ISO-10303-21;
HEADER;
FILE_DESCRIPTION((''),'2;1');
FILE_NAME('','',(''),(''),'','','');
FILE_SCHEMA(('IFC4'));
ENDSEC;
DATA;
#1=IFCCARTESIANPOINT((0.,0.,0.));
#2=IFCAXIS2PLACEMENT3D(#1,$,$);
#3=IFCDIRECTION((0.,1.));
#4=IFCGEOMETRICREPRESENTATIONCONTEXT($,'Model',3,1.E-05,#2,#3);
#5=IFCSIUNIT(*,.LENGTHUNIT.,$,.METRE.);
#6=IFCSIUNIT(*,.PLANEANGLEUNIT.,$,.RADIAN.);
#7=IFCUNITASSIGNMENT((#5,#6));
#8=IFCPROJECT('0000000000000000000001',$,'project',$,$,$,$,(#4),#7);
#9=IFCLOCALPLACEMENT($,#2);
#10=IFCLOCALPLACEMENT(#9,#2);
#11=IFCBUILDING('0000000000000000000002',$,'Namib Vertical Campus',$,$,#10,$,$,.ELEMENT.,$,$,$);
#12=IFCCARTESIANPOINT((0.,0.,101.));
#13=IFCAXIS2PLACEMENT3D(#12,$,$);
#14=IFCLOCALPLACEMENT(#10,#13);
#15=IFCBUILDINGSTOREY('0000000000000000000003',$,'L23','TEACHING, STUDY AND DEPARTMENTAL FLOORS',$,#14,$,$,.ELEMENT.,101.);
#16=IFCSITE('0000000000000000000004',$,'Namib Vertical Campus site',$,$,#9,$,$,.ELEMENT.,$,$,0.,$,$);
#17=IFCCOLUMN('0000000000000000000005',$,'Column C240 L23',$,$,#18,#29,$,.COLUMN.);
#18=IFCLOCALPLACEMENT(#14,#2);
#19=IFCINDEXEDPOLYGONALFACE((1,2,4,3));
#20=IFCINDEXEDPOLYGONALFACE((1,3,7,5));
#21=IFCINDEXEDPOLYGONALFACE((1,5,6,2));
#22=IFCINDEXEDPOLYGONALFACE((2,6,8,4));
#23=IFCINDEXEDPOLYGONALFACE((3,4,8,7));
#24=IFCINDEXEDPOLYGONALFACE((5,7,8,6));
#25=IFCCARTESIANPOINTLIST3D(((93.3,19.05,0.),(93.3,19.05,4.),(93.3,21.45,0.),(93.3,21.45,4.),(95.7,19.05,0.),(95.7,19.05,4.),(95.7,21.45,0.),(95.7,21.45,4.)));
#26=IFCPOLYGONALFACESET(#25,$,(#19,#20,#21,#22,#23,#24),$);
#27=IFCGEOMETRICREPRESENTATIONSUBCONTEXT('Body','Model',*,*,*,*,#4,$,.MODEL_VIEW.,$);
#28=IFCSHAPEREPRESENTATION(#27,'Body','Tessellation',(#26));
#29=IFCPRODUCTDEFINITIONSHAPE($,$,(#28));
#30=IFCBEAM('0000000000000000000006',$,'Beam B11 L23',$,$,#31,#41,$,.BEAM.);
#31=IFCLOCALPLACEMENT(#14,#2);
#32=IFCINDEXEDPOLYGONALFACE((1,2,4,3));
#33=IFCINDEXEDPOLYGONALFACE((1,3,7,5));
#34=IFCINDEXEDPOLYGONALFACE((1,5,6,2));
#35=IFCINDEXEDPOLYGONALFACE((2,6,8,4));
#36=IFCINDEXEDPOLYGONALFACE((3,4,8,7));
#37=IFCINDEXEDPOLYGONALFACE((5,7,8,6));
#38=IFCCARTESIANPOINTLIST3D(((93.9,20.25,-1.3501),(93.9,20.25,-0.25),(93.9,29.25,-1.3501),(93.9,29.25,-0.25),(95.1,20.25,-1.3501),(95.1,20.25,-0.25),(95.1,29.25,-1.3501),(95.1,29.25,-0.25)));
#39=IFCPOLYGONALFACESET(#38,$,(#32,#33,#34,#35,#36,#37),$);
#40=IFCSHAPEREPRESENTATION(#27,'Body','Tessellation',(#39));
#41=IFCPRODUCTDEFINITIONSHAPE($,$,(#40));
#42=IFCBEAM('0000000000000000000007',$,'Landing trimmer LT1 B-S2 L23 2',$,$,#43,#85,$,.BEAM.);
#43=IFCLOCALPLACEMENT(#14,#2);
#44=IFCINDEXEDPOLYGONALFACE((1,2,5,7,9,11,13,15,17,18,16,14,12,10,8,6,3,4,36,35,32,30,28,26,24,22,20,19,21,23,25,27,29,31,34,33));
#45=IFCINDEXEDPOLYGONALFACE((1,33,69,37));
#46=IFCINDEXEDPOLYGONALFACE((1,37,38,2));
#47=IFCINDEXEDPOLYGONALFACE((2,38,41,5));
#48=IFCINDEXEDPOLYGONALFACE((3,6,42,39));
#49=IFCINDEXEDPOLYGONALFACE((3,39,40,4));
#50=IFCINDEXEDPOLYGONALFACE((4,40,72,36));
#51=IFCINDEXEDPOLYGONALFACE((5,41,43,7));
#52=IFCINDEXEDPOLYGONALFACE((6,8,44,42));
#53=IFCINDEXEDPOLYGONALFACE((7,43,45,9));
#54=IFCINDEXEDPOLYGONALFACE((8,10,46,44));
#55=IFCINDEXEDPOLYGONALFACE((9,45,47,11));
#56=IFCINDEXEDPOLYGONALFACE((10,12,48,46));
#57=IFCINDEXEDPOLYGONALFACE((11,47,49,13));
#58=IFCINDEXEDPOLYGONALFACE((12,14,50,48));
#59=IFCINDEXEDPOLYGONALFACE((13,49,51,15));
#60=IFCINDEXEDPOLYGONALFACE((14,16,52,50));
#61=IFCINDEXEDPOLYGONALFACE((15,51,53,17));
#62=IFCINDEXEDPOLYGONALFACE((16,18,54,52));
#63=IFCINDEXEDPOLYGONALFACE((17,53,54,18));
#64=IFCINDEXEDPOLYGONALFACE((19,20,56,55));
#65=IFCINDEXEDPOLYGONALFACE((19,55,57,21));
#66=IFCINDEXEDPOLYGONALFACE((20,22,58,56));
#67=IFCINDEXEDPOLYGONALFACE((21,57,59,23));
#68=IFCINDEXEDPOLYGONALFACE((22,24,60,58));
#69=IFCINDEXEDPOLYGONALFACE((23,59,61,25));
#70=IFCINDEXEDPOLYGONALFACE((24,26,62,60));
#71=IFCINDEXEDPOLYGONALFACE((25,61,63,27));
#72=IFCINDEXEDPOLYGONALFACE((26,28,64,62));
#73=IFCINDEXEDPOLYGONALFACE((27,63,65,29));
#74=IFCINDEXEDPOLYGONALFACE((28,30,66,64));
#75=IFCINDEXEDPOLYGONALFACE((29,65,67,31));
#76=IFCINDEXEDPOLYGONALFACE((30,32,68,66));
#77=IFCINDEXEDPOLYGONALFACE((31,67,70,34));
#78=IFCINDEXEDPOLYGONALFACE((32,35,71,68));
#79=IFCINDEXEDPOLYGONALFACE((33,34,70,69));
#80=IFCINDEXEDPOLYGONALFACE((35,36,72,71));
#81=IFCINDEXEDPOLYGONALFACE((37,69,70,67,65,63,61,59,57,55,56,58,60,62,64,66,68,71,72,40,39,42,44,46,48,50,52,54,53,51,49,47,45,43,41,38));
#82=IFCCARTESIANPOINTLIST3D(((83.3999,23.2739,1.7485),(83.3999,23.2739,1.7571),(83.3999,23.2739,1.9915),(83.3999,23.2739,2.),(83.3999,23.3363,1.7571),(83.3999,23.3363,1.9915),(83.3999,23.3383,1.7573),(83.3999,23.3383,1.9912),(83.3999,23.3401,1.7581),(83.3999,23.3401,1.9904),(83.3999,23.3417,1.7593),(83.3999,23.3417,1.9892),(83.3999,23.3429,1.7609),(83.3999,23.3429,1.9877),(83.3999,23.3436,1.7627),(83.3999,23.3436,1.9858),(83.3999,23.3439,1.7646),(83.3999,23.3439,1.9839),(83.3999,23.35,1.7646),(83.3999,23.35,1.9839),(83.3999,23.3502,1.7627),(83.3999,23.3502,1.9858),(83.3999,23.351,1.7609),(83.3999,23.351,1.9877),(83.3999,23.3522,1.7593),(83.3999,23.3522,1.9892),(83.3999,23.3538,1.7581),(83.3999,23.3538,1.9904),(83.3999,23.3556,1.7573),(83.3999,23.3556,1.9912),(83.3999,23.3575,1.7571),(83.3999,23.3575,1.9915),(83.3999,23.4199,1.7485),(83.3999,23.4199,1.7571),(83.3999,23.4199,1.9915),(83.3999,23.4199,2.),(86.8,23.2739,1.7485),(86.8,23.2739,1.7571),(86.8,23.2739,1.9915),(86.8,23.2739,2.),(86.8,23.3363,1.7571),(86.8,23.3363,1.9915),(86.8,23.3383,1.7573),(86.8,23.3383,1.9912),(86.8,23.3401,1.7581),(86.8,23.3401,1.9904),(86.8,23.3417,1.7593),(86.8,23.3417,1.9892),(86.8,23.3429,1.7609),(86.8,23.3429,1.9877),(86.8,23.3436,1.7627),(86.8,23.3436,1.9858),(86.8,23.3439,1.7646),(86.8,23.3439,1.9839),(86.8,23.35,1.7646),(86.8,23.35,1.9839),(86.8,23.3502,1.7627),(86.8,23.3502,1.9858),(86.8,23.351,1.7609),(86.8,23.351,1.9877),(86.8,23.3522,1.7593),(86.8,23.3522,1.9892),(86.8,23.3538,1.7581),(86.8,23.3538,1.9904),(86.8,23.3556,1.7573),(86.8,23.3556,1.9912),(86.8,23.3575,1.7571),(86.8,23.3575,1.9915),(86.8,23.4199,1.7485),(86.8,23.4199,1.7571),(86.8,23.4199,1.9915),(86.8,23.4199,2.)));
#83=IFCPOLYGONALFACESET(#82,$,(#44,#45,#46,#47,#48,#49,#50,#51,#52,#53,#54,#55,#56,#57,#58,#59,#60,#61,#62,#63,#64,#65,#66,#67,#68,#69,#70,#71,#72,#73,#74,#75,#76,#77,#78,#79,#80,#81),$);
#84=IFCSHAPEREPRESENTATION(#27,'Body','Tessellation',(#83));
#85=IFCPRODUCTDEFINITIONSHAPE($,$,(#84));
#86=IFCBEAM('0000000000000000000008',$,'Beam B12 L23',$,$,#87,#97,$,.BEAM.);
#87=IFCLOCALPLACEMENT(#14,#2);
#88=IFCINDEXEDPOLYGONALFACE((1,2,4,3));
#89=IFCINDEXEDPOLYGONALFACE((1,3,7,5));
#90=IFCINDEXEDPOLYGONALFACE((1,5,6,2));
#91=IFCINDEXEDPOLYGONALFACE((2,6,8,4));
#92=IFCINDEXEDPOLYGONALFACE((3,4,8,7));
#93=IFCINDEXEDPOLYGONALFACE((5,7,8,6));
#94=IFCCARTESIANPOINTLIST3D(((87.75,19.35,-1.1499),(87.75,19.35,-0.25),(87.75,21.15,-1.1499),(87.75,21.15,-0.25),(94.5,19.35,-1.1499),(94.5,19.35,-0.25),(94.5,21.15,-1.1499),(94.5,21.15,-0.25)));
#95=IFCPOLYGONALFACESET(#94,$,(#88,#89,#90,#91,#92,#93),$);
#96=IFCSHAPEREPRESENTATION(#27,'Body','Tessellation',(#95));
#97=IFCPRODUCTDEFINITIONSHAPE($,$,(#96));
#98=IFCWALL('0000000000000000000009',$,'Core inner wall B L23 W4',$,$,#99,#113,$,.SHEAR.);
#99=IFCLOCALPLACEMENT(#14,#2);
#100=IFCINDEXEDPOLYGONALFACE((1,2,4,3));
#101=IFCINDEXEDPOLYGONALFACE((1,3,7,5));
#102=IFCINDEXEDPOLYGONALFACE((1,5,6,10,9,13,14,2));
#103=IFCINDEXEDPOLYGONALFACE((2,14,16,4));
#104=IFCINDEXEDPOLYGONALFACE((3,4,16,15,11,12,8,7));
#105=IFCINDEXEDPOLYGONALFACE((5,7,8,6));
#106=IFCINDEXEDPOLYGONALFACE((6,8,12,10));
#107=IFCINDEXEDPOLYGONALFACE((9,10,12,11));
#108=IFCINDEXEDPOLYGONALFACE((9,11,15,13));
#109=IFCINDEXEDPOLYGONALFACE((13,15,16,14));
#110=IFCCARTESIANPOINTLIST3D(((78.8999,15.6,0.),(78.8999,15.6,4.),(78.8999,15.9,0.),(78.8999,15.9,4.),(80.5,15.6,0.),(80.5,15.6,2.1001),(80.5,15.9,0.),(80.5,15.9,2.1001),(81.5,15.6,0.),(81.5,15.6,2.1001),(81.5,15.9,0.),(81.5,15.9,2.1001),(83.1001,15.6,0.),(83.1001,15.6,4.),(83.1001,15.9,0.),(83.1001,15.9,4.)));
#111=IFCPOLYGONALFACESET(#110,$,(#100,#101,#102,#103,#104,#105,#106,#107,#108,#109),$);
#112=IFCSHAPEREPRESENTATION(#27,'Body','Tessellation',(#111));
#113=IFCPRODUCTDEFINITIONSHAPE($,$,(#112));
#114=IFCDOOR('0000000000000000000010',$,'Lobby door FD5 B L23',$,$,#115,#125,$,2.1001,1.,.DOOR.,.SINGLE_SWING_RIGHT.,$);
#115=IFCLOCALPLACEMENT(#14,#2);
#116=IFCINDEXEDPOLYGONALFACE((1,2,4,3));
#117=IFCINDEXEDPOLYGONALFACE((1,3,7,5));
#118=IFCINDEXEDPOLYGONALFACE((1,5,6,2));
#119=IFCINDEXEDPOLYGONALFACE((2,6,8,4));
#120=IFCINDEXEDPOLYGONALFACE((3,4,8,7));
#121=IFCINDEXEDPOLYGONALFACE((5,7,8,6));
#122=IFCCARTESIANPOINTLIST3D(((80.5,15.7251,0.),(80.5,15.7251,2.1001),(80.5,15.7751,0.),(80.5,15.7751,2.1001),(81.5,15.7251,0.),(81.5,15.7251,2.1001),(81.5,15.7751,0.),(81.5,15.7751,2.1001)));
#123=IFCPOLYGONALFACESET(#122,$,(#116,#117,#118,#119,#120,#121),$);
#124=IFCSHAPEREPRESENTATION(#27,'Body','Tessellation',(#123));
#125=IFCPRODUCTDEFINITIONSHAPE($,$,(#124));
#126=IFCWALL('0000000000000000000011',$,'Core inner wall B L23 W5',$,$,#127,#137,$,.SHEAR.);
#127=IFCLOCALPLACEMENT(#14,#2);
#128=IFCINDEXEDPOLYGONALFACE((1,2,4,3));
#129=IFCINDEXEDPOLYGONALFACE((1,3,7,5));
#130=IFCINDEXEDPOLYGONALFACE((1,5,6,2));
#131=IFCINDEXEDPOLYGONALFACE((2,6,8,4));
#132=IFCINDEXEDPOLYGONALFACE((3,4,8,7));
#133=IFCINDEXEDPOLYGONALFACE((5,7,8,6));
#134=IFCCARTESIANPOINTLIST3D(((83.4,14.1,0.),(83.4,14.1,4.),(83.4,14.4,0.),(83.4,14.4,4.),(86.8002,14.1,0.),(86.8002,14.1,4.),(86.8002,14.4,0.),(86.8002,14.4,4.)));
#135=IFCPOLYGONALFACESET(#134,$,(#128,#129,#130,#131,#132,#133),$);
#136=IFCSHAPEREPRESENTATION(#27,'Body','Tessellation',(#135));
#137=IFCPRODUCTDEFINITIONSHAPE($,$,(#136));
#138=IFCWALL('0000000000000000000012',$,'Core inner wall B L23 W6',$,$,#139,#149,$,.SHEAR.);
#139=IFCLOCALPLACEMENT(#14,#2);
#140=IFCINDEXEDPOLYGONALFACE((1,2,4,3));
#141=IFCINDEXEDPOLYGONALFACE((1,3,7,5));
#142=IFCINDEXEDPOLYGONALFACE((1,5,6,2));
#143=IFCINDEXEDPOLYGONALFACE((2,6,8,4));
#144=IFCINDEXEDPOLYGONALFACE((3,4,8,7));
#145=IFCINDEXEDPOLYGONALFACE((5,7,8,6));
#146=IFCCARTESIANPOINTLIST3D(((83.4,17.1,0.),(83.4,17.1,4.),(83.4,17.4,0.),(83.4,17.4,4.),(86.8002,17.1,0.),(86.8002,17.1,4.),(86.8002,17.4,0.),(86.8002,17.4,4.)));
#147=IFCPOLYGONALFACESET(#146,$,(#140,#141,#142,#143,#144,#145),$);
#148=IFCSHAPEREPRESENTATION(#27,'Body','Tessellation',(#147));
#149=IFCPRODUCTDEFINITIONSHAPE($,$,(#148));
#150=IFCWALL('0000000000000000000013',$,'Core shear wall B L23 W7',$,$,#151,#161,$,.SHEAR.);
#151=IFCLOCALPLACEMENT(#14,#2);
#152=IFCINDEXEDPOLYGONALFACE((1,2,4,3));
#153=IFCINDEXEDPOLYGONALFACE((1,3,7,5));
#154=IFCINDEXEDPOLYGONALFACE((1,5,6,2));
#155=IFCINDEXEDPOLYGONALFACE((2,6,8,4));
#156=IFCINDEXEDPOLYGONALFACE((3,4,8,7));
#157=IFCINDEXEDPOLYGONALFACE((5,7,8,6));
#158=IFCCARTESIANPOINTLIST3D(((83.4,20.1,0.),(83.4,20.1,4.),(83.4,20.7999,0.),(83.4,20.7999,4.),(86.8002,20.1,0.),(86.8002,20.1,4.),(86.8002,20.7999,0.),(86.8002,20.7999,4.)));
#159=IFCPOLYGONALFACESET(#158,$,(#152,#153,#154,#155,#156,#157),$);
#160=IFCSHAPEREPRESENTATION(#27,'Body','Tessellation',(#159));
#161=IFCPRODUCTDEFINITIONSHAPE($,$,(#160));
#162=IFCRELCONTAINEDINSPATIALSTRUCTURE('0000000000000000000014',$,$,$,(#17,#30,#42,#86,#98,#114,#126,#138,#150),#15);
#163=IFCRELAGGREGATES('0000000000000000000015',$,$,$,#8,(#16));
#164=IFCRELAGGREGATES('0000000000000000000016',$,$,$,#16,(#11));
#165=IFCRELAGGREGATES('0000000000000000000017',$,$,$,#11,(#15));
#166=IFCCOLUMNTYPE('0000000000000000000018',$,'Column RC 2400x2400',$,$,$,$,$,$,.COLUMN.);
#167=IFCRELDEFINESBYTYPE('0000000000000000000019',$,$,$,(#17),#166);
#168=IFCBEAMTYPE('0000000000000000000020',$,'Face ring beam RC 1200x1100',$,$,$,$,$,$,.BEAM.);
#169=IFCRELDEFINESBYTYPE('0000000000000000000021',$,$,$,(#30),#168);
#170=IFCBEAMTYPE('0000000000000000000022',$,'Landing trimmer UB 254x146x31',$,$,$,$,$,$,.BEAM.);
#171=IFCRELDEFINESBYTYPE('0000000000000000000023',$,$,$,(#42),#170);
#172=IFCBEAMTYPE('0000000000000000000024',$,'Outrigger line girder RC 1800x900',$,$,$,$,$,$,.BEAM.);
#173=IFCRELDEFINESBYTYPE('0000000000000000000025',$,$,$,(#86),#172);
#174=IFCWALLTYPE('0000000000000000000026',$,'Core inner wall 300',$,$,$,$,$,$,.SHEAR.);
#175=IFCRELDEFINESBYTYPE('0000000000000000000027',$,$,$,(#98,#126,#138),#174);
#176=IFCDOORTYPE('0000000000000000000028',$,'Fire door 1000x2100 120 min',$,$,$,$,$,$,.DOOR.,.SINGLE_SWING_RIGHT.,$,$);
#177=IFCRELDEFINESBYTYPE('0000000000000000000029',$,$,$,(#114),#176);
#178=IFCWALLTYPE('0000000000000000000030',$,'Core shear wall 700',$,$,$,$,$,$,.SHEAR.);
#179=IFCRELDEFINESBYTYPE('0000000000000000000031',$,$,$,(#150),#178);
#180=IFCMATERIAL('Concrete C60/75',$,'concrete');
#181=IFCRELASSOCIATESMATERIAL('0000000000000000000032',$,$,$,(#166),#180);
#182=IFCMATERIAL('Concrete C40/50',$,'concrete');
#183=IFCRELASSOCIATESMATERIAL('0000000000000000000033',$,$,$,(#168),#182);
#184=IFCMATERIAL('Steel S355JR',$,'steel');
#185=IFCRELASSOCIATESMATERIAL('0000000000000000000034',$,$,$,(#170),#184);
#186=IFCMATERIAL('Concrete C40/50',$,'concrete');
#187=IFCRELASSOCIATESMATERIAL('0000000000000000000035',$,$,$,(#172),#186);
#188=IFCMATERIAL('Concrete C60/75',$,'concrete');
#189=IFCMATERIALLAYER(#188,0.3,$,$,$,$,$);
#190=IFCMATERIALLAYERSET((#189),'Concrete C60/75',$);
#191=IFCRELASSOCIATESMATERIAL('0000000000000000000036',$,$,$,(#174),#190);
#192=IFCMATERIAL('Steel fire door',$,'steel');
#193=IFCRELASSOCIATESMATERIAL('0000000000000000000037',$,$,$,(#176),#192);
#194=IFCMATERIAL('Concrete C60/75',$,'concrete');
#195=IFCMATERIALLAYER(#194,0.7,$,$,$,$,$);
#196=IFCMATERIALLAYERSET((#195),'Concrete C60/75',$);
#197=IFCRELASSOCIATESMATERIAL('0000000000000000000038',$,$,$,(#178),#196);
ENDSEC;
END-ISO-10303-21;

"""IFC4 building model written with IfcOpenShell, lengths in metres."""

from ifc_helpers import new_model, si_unit, direction, frame, frame_2d, origin, origin_2d, place, context, subcontext, project, spatial, rectangle, i_section, extrude, material, layer, layer_set, material_profile, profile_set, type_object, element, fill, save


model = new_model("IFC4")

# Units and contexts
model_context = context("Model", 3, precision=1e-05, world=origin(), true_north=direction((0.0, 1.0)))
body_context = subcontext(model_context, "Body", "Model", "MODEL_VIEW")
ifc_project = project(units=[si_unit("LENGTHUNIT", "METRE"), si_unit("PLANEANGLEUNIT", "RADIAN")], contexts=[model_context])

# Site, building, storey
site_placement = place(None, origin())
site = spatial("IfcSite", under=ifc_project, at=site_placement, Name="Namib Vertical Campus site", CompositionType="ELEMENT", RefElevation=0.0)
building_placement = place(site_placement, origin())
building = spatial("IfcBuilding", under=site, at=building_placement, Name="Namib Vertical Campus", CompositionType="ELEMENT")
storey_placement = place(building_placement, frame((0.0, 0.0, 101.0)))
storey = spatial("IfcBuildingStorey", under=building, at=storey_placement, Name="L23", Description="TEACHING, STUDY AND DEPARTMENTAL FLOORS", CompositionType="ELEMENT", Elevation=101.0)

# Column
ifc_material_1 = material(Name="Concrete C60/75", Category="concrete")
ifc_material_profile_1 = material_profile(ifc_material_1, rectangle(XDim=2.3999, YDim=2.3999, at=origin_2d()))
ifc_profile_set_1 = profile_set([ifc_material_profile_1], Name="Concrete C60/75")
column_type = type_object("IfcColumnType", Name="Column RC 2400x2400", PredefinedType="COLUMN", material=ifc_profile_set_1)
column_placement = place(storey_placement, frame((94.5, 20.25, 0.0), z_axis=(0.0, 0.0, 1.0), x_axis=(1.0, 0.0, 0.0)))
element("IfcColumn", 1, at=column_placement, inside=storey, type_object=column_type, Name="Column C240 L23", PredefinedType="COLUMN", context=body_context, shape_type="SweptSolid", body=[
    extrude(rectangle(XDim=2.3999, YDim=2.3999, at=origin_2d()), origin(), (0.0, 0.0, 1.0), 4.0),
])

# Beams
ifc_material_2 = material(Name="Concrete C40/50", Category="concrete")
ifc_material_profile_2 = material_profile(ifc_material_2, rectangle(XDim=1.2, YDim=1.1001, at=origin_2d()))
ifc_profile_set_2 = profile_set([ifc_material_profile_2], Name="Concrete C40/50")
beam_type_1 = type_object("IfcBeamType", Name="Face ring beam RC 1200x1100", PredefinedType="BEAM", material=ifc_profile_set_2)
beam_1_placement = place(storey_placement, frame((94.5, 20.25, -0.8), z_axis=(0.0, 1.0, 0.0), x_axis=(-1.0, 0.0, 0.0)))
element("IfcBeam", 2, at=beam_1_placement, inside=storey, type_object=beam_type_1, Name="Beam B11 L23", PredefinedType="BEAM", context=body_context, shape_type="SweptSolid", body=[
    extrude(rectangle(XDim=1.2, YDim=1.1001, at=origin_2d()), origin(), (0.0, 0.0, 1.0), 9.0),
])
ifc_material_3 = material(Name="Steel S355JR", Category="steel")
ifc_material_profile_3 = material_profile(ifc_material_3, i_section(OverallWidth=0.146, OverallDepth=0.2515, WebThickness=0.0061, FlangeThickness=0.0085, FilletRadius=0.0076, at=origin_2d()))
ifc_profile_set_3 = profile_set([ifc_material_profile_3], Name="Steel S355JR")
beam_type_2 = type_object("IfcBeamType", Name="Landing trimmer UB 254x146x31", PredefinedType="BEAM", material=ifc_profile_set_3)
beam_2_placement = place(storey_placement, frame((83.3999, 23.3469, 1.8743), z_axis=(1.0, 0.0, 0.0), x_axis=(0.0, 1.0, 0.0)))
element("IfcBeam", 3, at=beam_2_placement, inside=storey, type_object=beam_type_2, Name="Landing trimmer LT1 B-S2 L23 2", PredefinedType="BEAM", context=body_context, shape_type="SweptSolid", body=[
    extrude(i_section(OverallWidth=0.146, OverallDepth=0.2515, WebThickness=0.0061, FlangeThickness=0.0085, FilletRadius=0.0076, at=origin_2d()), origin(), (0.0, 0.0, 1.0), 3.4001),
])
ifc_material_4 = material(Name="Concrete C40/50", Category="concrete")
ifc_material_profile_4 = material_profile(ifc_material_4, rectangle(XDim=1.8, YDim=0.8999, at=origin_2d()))
ifc_profile_set_4 = profile_set([ifc_material_profile_4], Name="Concrete C40/50")
beam_type_3 = type_object("IfcBeamType", Name="Outrigger line girder RC 1800x900", PredefinedType="BEAM", material=ifc_profile_set_4)
beam_3_placement = place(storey_placement, frame((94.5, 20.25, -0.7), z_axis=(-1.0, 0.0, 0.0), x_axis=(0.0, -1.0, 0.0)))
element("IfcBeam", 4, at=beam_3_placement, inside=storey, type_object=beam_type_3, Name="Beam B12 L23", PredefinedType="BEAM", context=body_context, shape_type="SweptSolid", body=[
    extrude(rectangle(XDim=1.8, YDim=0.8999, at=origin_2d()), origin(), (0.0, 0.0, 1.0), 6.75),
])

# Wall, opening, door
ifc_material_5 = material(Name="Concrete C60/75", Category="concrete")
ifc_layer_1 = layer(ifc_material_5, 0.3)
ifc_layer_set_1 = layer_set([ifc_layer_1], Name="Concrete C60/75")
wall_type_1 = type_object("IfcWallType", Name="Core inner wall 300", PredefinedType="SHEAR", material=ifc_layer_set_1)
wall_1_placement = place(storey_placement, frame((78.8999, 15.75, 0.0), z_axis=(0.0, 0.0, 1.0), x_axis=(1.0, 0.0, 0.0)))
wall_1 = element("IfcWall", 5, at=wall_1_placement, inside=storey, type_object=wall_type_1, Name="Core inner wall B L23 W4", PredefinedType="SHEAR", context=body_context, shape_type="SweptSolid", body=[
    extrude(rectangle(XDim=4.2002, YDim=0.3, at=frame_2d((2.1001, 0.0))), origin(), (0.0, 0.0, 1.0), 4.0),
])
opening_1_placement = place(wall_1_placement, frame((1.6001, 0.0, 0.0)))
opening_1 = element("IfcOpeningElement", 6, at=opening_1_placement, cuts=wall_1, PredefinedType="OPENING", context=body_context, shape_type="SweptSolid", body=[
    extrude(rectangle(XDim=1.0, YDim=2.1001, at=frame_2d((0.5, 1.05))), frame((0.0, 0.1599, 0.0), z_axis=(0.0, -1.0, 0.0), x_axis=(1.0, 0.0, 0.0)), (0.0, 0.0, 1.0), 0.3201),
])
ifc_material_6 = material(Name="Steel fire door", Category="steel")
door_type_1 = type_object("IfcDoorType", Name="Fire door 1000x2100 120 min", OperationType="SINGLE_SWING_RIGHT", PredefinedType="DOOR", material=ifc_material_6)
door_1_placement = place(opening_1_placement, frame((1.0, 0.0, 0.0), z_axis=(0.0, 0.0, 1.0), x_axis=(-1.0, 0.0, 0.0)))
door_1 = element("IfcDoor", 7, at=door_1_placement, inside=storey, type_object=door_type_1, Name="Lobby door FD5 B L23", OperationType="SINGLE_SWING_RIGHT", OverallHeight=2.1001, OverallWidth=1.0, PredefinedType="DOOR", context=body_context, shape_type="SweptSolid", body=[
    extrude(rectangle(XDim=1.0, YDim=2.1001, at=frame_2d((0.5, 1.05))), frame((0.0, 0.0249, 0.0), z_axis=(0.0, -1.0, 0.0), x_axis=(1.0, 0.0, 0.0)), (0.0, 0.0, 1.0), 0.05),
])
fill(opening_1, door_1)

# Walls
for number, where, z_axis, x_axis, name in (
    (8, (83.3999, 14.25, 0.0), (0.0, 0.0, 1.0), (1.0, 0.0, 0.0), "Core inner wall B L23 W5"),
    (9, (83.3999, 17.25, 0.0), (0.0, 0.0, 1.0), (1.0, 0.0, 0.0), "Core inner wall B L23 W6"),
):
    element("IfcWall", number, at=place(storey_placement, frame(where, z_axis=z_axis, x_axis=x_axis)), inside=storey, type_object=wall_type_1, Name=name, PredefinedType="SHEAR", context=body_context, shape_type="SweptSolid", body=[
        extrude(rectangle(XDim=3.4001, YDim=0.3, at=frame_2d((1.7002, 0.0))), origin(), (0.0, 0.0, 1.0), 4.0),
    ])
ifc_material_7 = material(Name="Concrete C60/75", Category="concrete")
ifc_layer_2 = layer(ifc_material_7, 0.7)
ifc_layer_set_2 = layer_set([ifc_layer_2], Name="Concrete C60/75")
wall_type_2 = type_object("IfcWallType", Name="Core shear wall 700", PredefinedType="SHEAR", material=ifc_layer_set_2)
wall_2_placement = place(storey_placement, frame((83.3999, 20.45, 0.0), z_axis=(0.0, 0.0, 1.0), x_axis=(1.0, 0.0, 0.0)))
element("IfcWall", 10, at=wall_2_placement, inside=storey, type_object=wall_type_2, Name="Core shear wall B L23 W7", PredefinedType="SHEAR", context=body_context, shape_type="SweptSolid", body=[
    extrude(rectangle(XDim=3.4001, YDim=0.7, at=frame_2d((1.7002, 0.0))), origin(), (0.0, 0.0, 1.0), 4.0),
])

save(model, "model.ifc")
